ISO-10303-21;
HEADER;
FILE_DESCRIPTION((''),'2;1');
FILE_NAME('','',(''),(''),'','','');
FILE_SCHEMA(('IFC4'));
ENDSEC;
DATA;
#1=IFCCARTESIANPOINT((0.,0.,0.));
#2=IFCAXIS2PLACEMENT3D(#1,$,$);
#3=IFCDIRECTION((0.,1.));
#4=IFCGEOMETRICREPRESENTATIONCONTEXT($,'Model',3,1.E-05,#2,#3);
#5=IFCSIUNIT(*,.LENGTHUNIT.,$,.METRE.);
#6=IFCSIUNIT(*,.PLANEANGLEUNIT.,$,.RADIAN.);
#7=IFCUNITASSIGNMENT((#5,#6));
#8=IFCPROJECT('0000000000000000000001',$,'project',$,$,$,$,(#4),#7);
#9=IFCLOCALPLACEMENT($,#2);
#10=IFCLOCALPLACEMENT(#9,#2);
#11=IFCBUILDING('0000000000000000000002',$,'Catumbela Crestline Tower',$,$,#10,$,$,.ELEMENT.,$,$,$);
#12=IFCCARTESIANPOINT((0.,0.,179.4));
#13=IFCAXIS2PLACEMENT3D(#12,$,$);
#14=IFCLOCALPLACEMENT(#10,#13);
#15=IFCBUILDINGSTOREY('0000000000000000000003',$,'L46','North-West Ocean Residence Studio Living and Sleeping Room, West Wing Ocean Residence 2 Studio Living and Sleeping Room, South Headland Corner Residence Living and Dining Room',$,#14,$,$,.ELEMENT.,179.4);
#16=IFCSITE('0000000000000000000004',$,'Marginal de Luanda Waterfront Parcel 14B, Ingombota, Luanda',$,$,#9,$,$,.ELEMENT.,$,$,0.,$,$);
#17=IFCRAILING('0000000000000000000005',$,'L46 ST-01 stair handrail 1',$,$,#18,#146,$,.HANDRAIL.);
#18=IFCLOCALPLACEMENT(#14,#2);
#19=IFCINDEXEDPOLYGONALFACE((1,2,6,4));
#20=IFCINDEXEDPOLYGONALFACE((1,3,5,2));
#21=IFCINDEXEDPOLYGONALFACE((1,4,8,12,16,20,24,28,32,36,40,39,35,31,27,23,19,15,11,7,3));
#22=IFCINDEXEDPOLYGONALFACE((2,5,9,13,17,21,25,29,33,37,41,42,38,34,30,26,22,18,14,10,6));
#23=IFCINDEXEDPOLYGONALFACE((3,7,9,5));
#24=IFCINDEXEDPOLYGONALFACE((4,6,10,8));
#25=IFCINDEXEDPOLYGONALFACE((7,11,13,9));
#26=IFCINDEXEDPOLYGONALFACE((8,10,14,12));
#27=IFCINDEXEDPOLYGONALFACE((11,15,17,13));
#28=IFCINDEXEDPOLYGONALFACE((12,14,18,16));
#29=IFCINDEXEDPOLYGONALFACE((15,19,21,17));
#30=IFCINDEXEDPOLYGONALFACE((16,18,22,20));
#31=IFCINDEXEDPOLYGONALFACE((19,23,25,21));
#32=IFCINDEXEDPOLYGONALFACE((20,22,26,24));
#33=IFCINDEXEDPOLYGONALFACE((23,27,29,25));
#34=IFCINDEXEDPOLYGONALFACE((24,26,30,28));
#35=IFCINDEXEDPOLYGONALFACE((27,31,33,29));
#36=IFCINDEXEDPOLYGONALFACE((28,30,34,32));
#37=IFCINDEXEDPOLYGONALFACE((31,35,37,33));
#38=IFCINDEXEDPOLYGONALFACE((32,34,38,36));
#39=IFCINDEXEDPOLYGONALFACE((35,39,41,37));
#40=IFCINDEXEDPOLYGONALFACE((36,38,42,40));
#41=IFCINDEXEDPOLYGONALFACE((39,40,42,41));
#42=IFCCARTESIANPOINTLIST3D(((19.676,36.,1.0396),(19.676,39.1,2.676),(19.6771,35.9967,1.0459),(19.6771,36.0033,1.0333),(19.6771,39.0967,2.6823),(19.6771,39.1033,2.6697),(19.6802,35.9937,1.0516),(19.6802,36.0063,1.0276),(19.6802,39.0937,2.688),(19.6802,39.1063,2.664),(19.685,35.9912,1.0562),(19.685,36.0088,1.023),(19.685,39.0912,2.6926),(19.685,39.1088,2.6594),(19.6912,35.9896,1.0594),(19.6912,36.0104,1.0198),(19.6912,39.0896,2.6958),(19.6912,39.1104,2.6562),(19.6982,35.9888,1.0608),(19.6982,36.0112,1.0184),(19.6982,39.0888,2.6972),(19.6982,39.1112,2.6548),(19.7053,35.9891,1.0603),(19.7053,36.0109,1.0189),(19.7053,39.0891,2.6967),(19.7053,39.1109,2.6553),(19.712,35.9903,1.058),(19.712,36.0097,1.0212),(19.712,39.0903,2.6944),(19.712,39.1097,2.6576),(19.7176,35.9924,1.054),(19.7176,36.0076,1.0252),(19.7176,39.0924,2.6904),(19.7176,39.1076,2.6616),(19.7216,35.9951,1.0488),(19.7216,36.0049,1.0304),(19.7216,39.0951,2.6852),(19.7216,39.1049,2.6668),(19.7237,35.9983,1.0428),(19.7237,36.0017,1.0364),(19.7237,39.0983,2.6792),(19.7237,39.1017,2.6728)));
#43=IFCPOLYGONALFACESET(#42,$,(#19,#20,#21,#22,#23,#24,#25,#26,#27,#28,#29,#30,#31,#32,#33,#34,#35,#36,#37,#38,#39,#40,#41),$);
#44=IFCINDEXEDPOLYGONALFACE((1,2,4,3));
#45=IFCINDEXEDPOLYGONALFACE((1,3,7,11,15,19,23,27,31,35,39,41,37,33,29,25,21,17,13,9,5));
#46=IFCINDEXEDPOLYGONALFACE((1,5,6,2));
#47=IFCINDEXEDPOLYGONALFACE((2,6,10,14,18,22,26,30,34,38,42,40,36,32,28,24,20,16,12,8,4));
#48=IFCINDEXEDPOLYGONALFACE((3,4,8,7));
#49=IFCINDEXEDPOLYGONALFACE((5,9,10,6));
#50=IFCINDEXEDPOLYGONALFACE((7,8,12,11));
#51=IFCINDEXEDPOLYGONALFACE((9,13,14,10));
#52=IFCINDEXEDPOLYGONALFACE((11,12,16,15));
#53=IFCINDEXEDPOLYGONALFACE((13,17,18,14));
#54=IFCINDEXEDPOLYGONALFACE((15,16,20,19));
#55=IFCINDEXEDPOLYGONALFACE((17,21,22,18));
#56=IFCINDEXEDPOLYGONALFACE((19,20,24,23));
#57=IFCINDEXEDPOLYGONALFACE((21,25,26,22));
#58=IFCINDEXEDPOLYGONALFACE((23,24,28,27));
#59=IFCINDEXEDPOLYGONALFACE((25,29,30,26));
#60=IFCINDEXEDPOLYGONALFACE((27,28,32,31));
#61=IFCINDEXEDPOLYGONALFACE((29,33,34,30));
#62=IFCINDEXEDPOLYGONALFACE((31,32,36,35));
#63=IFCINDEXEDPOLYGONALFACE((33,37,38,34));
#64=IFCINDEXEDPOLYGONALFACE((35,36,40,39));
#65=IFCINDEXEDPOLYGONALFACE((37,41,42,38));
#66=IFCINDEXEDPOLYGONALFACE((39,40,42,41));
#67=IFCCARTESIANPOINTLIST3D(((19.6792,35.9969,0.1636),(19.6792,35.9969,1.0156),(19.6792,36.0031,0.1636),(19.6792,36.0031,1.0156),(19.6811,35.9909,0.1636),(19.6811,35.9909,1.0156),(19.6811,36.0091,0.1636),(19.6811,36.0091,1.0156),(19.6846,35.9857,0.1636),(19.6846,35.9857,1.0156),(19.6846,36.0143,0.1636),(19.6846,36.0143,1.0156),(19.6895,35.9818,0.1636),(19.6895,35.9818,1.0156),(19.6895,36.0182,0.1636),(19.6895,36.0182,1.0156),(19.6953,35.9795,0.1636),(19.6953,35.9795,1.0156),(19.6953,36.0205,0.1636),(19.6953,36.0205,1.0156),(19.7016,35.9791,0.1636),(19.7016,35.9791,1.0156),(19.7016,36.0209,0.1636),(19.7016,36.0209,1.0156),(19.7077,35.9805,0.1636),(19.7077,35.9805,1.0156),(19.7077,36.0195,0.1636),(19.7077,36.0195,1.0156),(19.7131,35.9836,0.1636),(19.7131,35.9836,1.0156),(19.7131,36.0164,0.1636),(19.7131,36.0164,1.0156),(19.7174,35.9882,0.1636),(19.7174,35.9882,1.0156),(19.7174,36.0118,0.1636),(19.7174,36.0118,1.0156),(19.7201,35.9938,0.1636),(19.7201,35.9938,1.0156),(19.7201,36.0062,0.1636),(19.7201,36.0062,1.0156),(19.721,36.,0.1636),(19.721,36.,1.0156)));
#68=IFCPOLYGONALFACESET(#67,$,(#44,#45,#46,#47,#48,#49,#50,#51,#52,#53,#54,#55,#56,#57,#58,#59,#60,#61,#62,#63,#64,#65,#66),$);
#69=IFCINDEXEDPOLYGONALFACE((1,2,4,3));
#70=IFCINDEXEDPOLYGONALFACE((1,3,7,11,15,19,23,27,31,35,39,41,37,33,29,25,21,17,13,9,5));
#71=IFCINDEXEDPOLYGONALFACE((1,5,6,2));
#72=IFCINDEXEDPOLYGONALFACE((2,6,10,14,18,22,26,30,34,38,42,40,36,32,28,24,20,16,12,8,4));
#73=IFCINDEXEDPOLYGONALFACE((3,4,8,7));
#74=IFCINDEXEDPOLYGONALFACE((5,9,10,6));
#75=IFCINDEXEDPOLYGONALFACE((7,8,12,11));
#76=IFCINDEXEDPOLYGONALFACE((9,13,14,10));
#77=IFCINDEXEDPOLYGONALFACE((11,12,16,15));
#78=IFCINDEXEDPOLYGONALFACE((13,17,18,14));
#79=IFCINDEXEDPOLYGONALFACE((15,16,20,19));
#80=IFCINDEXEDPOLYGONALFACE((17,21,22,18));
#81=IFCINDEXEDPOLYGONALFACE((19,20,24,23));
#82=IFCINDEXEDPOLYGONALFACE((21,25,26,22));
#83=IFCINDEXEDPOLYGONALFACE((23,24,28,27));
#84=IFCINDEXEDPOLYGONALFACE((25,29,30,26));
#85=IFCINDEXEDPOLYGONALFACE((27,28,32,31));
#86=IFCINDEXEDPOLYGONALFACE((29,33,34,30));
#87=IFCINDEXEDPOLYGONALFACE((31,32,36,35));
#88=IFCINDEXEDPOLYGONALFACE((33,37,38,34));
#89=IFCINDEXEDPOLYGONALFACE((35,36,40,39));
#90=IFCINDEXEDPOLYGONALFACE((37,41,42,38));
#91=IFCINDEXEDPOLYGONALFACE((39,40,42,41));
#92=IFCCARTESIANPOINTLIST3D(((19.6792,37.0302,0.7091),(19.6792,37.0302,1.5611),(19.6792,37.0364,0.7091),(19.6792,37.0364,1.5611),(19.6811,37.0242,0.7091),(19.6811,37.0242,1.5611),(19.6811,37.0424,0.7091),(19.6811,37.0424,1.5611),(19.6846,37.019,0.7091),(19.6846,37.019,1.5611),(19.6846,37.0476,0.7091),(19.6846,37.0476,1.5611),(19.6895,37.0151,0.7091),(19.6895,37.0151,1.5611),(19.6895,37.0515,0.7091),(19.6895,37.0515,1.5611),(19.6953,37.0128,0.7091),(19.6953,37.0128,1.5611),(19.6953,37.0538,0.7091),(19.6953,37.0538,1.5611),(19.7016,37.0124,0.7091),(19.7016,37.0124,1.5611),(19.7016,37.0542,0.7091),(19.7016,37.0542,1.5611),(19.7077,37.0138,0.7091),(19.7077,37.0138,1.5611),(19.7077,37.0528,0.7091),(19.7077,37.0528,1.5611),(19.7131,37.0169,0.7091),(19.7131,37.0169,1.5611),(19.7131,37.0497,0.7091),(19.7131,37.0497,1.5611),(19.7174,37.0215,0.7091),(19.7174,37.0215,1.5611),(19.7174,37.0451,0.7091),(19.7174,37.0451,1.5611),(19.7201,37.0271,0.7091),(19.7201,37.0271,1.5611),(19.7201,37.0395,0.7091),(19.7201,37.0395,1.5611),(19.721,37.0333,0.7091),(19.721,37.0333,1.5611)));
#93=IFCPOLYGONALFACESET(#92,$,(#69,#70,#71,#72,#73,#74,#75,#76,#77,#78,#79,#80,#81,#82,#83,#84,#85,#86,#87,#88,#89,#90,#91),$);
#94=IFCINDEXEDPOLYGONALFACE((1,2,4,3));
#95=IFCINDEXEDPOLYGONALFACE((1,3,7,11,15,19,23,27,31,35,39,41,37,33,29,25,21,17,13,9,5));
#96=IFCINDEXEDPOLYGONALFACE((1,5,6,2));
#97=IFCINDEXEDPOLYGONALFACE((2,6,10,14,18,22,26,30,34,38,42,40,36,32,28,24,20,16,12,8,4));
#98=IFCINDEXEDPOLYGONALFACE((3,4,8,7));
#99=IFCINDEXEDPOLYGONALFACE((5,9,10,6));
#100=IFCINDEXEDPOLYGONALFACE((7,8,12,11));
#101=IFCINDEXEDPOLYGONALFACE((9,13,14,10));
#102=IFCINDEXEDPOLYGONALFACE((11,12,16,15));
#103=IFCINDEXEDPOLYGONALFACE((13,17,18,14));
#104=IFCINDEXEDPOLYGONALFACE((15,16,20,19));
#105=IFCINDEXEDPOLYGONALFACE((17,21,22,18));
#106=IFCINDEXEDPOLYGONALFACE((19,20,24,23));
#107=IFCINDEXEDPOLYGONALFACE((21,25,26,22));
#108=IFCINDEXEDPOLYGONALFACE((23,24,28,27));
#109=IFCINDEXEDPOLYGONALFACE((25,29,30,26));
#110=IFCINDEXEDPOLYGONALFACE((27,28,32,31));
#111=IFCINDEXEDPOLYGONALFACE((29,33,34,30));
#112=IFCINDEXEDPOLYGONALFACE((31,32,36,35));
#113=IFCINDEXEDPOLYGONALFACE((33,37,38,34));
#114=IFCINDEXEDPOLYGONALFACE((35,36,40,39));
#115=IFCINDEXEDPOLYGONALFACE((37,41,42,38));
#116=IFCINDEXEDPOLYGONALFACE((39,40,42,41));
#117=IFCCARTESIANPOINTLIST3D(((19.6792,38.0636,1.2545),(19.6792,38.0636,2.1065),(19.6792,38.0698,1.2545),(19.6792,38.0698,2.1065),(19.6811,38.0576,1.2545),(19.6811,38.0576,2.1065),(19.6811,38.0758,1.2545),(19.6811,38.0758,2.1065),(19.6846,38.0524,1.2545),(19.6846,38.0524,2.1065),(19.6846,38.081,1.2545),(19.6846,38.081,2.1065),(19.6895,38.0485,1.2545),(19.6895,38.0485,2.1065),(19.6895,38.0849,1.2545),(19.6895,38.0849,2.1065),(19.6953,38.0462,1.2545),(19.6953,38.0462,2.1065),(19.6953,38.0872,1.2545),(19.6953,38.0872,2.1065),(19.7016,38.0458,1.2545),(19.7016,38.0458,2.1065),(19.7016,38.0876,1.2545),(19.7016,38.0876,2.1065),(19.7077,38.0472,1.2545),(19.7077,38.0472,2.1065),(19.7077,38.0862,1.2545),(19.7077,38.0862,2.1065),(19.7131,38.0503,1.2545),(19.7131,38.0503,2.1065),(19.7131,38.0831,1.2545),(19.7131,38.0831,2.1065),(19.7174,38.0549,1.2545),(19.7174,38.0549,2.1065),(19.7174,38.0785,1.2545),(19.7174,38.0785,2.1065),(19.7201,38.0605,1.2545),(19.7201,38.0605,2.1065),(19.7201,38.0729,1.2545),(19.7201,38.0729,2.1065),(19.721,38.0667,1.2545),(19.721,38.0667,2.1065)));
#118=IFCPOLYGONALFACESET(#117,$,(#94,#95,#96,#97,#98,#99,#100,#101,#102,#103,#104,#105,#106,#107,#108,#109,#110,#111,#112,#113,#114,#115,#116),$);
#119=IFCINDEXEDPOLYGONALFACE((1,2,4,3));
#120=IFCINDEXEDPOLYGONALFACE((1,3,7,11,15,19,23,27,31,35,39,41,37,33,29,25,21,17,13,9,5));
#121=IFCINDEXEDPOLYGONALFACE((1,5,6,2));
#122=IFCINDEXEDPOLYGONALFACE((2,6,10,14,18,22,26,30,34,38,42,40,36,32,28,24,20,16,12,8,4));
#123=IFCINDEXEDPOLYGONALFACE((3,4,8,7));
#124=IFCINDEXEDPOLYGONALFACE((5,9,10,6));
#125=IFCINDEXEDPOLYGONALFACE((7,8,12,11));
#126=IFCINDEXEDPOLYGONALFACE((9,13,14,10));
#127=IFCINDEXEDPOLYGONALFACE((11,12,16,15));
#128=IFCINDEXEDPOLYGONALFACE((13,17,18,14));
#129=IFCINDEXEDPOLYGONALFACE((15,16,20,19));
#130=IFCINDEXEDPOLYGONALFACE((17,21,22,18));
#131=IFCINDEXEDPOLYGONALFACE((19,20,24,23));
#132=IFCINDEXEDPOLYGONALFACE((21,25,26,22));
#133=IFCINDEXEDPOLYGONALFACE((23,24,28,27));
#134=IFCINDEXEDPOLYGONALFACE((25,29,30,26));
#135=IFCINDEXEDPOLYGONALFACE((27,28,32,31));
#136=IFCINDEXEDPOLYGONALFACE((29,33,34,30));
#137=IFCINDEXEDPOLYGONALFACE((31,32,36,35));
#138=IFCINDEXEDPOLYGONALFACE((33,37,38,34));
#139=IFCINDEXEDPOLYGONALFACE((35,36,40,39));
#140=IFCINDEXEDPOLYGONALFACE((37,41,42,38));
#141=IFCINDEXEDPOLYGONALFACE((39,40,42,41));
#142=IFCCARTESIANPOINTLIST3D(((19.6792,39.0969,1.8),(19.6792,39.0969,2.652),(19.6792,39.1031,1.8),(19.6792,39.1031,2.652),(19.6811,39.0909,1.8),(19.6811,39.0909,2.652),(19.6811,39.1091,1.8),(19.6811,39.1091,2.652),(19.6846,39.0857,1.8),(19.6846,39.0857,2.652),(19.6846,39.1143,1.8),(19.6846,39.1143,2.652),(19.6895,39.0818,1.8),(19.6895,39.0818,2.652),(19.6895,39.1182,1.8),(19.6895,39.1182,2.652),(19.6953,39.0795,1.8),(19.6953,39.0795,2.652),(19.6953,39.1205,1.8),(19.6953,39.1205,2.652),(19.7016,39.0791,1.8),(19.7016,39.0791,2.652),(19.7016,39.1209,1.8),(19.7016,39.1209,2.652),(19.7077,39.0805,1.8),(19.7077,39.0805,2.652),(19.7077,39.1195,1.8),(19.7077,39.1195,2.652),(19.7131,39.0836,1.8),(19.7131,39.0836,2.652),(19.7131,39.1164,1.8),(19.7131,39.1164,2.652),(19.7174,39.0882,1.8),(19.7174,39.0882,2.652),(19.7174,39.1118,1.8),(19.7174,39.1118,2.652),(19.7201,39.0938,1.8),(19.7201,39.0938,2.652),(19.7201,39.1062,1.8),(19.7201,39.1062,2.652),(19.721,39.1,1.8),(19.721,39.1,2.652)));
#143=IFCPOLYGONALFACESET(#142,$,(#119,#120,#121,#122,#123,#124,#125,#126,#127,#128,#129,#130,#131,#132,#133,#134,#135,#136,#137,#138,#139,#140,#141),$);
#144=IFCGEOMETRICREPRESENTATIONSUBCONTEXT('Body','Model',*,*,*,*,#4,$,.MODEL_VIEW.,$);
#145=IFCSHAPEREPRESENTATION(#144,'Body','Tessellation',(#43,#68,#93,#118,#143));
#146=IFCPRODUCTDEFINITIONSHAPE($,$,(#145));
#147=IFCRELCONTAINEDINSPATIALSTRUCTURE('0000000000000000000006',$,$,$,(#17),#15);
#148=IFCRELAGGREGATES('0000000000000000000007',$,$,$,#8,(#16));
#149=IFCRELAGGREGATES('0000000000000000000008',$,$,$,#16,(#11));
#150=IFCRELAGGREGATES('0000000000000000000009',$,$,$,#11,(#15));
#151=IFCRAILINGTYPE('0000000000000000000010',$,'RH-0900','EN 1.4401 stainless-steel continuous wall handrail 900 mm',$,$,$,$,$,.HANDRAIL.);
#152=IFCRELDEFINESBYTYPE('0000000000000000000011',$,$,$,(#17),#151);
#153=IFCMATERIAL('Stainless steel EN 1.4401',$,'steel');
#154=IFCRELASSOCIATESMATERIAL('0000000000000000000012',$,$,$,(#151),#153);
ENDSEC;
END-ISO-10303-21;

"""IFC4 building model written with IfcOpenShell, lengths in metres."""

from ifc_helpers import new_model, si_unit, direction, frame, origin, origin_2d, place, context, subcontext, project, spatial, circle, extrude, material, type_object, element, save


model = new_model("IFC4")

# Units and contexts
model_context = context("Model", 3, precision=1e-05, world=origin(), true_north=direction((0.0, 1.0)))
body_context = subcontext(model_context, "Body", "Model", "MODEL_VIEW")
ifc_project = project(units=[si_unit("LENGTHUNIT", "METRE"), si_unit("PLANEANGLEUNIT", "RADIAN")], contexts=[model_context])

# Site, building, storey
site_placement = place(None, origin())
site = spatial("IfcSite", under=ifc_project, at=site_placement, Name="Marginal de Luanda Waterfront Parcel 14B, Ingombota, Luanda", CompositionType="ELEMENT", RefElevation=0.0)
building_placement = place(site_placement, origin())
building = spatial("IfcBuilding", under=site, at=building_placement, Name="Catumbela Crestline Tower", CompositionType="ELEMENT")
storey_placement = place(building_placement, frame((0.0, 0.0, 179.4)))
storey = spatial("IfcBuildingStorey", under=building, at=storey_placement, Name="L46", Description="North-West Ocean Residence Studio Living and Sleeping Room, West Wing Ocean Residence 2 Studio Living and Sleeping Room, South Headland Corner Residence Living and Dining Room", CompositionType="ELEMENT", Elevation=179.4)

# Shared definitions
ifc_material_1 = material(Name="Stainless steel EN 1.4401", Category="steel")

# Railing
railing_type_1 = type_object("IfcRailingType", Name="RH-0900", Description="EN 1.4401 stainless-steel continuous wall handrail 900 mm", PredefinedType="HANDRAIL", material=ifc_material_1)
railing_1_placement = place(storey_placement, frame((19.7, 36.0, 0.1636)))
element("IfcRailing", 1, at=railing_1_placement, inside=storey, type_object=railing_type_1, Name="L46 ST-01 stair handrail 1", PredefinedType="HANDRAIL", context=body_context, shape_type="SweptSolid", body=[
    extrude(circle(Radius=0.024, at=origin_2d()), frame((0.0, 0.0, 0.876), z_axis=(0.0, 0.884351, 0.466823), x_axis=(-1.0, 0.0, 0.0)), (0.0, 0.0, 1.0), 3.5054),
    extrude(circle(Radius=0.021, at=origin_2d()), origin(), (0.0, 0.0, 1.0), 0.852),
    extrude(circle(Radius=0.021, at=origin_2d()), frame((0.0, 1.0333, 0.5455)), (0.0, 0.0, 1.0), 0.852),
    extrude(circle(Radius=0.021, at=origin_2d()), frame((0.0, 2.0667, 1.0909)), (0.0, 0.0, 1.0), 0.852),
    extrude(circle(Radius=0.021, at=origin_2d()), frame((0.0, 3.1, 1.6364)), (0.0, 0.0, 1.0), 0.852),
])

save(model, "model.ifc")
